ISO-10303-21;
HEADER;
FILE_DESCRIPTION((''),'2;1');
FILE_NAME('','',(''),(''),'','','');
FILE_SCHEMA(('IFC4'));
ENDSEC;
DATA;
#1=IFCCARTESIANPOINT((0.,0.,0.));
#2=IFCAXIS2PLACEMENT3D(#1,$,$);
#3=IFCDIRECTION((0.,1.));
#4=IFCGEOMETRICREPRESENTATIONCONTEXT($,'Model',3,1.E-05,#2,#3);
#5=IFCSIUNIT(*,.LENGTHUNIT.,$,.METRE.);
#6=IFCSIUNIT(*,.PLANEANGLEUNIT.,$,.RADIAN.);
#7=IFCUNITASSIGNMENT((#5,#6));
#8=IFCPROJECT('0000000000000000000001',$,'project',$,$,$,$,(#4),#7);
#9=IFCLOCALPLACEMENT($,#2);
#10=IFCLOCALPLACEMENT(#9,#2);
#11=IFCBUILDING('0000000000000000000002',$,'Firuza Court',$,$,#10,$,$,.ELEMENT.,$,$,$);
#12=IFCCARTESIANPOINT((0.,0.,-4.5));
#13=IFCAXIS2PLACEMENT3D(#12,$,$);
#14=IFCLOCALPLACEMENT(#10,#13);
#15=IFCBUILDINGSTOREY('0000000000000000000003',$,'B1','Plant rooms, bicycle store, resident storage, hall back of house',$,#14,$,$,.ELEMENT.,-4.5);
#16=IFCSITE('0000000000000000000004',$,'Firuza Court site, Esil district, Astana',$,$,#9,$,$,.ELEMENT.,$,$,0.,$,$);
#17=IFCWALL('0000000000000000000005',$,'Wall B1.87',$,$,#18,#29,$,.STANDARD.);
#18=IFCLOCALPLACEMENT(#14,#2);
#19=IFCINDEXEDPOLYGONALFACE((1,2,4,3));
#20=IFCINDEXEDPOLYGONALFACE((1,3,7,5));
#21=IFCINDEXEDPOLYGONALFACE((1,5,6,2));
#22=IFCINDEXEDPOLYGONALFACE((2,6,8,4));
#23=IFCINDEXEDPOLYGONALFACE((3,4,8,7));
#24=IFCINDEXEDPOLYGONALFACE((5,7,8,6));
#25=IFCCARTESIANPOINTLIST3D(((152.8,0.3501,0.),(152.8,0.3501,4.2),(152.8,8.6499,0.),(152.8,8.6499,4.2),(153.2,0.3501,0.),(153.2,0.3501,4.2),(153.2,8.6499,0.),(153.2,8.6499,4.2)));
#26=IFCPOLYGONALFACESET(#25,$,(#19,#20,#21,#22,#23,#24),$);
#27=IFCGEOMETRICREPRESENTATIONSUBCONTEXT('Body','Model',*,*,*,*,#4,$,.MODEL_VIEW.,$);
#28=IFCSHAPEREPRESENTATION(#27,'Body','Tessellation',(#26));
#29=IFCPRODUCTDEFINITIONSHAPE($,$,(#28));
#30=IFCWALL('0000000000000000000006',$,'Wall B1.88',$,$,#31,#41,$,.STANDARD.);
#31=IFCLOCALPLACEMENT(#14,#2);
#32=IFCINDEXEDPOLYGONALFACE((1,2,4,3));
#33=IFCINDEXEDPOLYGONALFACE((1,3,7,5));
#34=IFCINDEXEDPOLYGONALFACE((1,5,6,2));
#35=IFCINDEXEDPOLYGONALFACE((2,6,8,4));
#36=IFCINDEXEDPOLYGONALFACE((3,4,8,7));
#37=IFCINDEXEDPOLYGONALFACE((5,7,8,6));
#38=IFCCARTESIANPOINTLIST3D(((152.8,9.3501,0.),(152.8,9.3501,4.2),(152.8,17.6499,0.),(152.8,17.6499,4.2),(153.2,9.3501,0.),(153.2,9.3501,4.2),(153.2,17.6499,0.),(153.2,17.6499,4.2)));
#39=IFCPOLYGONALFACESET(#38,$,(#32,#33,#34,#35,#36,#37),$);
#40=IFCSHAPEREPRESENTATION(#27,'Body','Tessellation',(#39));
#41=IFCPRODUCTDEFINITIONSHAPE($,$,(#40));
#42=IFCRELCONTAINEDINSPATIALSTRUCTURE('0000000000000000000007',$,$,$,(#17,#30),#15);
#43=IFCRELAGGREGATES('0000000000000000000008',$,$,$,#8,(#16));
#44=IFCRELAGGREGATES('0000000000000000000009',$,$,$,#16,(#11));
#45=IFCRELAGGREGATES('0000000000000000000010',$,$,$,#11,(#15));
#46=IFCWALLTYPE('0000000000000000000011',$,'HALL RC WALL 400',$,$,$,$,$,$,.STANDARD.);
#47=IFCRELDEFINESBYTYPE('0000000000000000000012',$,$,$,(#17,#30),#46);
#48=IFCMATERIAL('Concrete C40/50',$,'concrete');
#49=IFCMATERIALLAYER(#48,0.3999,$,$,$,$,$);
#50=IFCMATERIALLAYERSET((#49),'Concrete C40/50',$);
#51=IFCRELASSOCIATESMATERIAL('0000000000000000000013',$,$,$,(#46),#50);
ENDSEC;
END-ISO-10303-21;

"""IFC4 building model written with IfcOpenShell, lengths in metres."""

from ifc_helpers import new_model, si_unit, direction, frame, frame_2d, origin, place, context, subcontext, project, spatial, rectangle, extrude, material, layer, layer_set, type_object, element, save


model = new_model("IFC4")

# Units and contexts
model_context = context("Model", 3, precision=1e-05, world=origin(), true_north=direction((0.0, 1.0)))
body_context = subcontext(model_context, "Body", "Model", "MODEL_VIEW")
ifc_project = project(units=[si_unit("LENGTHUNIT", "METRE"), si_unit("PLANEANGLEUNIT", "RADIAN")], contexts=[model_context])

# Site, building, storey
site_placement = place(None, origin())
site = spatial("IfcSite", under=ifc_project, at=site_placement, Name="Firuza Court site, Esil district, Astana", CompositionType="ELEMENT", RefElevation=0.0)
building_placement = place(site_placement, origin())
building = spatial("IfcBuilding", under=site, at=building_placement, Name="Firuza Court", CompositionType="ELEMENT")
storey_placement = place(building_placement, frame((0.0, 0.0, -4.5)))
storey = spatial("IfcBuildingStorey", under=building, at=storey_placement, Name="B1", Description="Plant rooms, bicycle store, resident storage, hall back of house", CompositionType="ELEMENT", Elevation=-4.5)

# Shared definitions
ifc_material_1 = material(Name="Concrete C40/50", Category="concrete")

# Walls
ifc_layer_1 = layer(ifc_material_1, 0.3999)
ifc_layer_set_1 = layer_set([ifc_layer_1], Name="Concrete C40/50")
wall_type_1 = type_object("IfcWallType", Name="HALL RC WALL 400", PredefinedType="STANDARD", material=ifc_layer_set_1)
for number, where, z_axis, x_axis, name in (
    (1, (153.0, 0.3501, 0.0), (0.0, 0.0, 1.0), (0.0, 1.0, 0.0), "Wall B1.87"),
    (2, (153.0, 9.3501, 0.0), (0.0, 0.0, 1.0), (0.0, 1.0, 0.0), "Wall B1.88"),
):
    element("IfcWall", number, at=place(storey_placement, frame(where, z_axis=z_axis, x_axis=x_axis)), inside=storey, type_object=wall_type_1, Name=name, PredefinedType="STANDARD", context=body_context, shape_type="SweptSolid", body=[
        extrude(rectangle(XDim=8.2998, YDim=0.3999, at=frame_2d((4.1499, 0.0))), origin(), (0.0, 0.0, 1.0), 4.2),
    ])

save(model, "model.ifc")
